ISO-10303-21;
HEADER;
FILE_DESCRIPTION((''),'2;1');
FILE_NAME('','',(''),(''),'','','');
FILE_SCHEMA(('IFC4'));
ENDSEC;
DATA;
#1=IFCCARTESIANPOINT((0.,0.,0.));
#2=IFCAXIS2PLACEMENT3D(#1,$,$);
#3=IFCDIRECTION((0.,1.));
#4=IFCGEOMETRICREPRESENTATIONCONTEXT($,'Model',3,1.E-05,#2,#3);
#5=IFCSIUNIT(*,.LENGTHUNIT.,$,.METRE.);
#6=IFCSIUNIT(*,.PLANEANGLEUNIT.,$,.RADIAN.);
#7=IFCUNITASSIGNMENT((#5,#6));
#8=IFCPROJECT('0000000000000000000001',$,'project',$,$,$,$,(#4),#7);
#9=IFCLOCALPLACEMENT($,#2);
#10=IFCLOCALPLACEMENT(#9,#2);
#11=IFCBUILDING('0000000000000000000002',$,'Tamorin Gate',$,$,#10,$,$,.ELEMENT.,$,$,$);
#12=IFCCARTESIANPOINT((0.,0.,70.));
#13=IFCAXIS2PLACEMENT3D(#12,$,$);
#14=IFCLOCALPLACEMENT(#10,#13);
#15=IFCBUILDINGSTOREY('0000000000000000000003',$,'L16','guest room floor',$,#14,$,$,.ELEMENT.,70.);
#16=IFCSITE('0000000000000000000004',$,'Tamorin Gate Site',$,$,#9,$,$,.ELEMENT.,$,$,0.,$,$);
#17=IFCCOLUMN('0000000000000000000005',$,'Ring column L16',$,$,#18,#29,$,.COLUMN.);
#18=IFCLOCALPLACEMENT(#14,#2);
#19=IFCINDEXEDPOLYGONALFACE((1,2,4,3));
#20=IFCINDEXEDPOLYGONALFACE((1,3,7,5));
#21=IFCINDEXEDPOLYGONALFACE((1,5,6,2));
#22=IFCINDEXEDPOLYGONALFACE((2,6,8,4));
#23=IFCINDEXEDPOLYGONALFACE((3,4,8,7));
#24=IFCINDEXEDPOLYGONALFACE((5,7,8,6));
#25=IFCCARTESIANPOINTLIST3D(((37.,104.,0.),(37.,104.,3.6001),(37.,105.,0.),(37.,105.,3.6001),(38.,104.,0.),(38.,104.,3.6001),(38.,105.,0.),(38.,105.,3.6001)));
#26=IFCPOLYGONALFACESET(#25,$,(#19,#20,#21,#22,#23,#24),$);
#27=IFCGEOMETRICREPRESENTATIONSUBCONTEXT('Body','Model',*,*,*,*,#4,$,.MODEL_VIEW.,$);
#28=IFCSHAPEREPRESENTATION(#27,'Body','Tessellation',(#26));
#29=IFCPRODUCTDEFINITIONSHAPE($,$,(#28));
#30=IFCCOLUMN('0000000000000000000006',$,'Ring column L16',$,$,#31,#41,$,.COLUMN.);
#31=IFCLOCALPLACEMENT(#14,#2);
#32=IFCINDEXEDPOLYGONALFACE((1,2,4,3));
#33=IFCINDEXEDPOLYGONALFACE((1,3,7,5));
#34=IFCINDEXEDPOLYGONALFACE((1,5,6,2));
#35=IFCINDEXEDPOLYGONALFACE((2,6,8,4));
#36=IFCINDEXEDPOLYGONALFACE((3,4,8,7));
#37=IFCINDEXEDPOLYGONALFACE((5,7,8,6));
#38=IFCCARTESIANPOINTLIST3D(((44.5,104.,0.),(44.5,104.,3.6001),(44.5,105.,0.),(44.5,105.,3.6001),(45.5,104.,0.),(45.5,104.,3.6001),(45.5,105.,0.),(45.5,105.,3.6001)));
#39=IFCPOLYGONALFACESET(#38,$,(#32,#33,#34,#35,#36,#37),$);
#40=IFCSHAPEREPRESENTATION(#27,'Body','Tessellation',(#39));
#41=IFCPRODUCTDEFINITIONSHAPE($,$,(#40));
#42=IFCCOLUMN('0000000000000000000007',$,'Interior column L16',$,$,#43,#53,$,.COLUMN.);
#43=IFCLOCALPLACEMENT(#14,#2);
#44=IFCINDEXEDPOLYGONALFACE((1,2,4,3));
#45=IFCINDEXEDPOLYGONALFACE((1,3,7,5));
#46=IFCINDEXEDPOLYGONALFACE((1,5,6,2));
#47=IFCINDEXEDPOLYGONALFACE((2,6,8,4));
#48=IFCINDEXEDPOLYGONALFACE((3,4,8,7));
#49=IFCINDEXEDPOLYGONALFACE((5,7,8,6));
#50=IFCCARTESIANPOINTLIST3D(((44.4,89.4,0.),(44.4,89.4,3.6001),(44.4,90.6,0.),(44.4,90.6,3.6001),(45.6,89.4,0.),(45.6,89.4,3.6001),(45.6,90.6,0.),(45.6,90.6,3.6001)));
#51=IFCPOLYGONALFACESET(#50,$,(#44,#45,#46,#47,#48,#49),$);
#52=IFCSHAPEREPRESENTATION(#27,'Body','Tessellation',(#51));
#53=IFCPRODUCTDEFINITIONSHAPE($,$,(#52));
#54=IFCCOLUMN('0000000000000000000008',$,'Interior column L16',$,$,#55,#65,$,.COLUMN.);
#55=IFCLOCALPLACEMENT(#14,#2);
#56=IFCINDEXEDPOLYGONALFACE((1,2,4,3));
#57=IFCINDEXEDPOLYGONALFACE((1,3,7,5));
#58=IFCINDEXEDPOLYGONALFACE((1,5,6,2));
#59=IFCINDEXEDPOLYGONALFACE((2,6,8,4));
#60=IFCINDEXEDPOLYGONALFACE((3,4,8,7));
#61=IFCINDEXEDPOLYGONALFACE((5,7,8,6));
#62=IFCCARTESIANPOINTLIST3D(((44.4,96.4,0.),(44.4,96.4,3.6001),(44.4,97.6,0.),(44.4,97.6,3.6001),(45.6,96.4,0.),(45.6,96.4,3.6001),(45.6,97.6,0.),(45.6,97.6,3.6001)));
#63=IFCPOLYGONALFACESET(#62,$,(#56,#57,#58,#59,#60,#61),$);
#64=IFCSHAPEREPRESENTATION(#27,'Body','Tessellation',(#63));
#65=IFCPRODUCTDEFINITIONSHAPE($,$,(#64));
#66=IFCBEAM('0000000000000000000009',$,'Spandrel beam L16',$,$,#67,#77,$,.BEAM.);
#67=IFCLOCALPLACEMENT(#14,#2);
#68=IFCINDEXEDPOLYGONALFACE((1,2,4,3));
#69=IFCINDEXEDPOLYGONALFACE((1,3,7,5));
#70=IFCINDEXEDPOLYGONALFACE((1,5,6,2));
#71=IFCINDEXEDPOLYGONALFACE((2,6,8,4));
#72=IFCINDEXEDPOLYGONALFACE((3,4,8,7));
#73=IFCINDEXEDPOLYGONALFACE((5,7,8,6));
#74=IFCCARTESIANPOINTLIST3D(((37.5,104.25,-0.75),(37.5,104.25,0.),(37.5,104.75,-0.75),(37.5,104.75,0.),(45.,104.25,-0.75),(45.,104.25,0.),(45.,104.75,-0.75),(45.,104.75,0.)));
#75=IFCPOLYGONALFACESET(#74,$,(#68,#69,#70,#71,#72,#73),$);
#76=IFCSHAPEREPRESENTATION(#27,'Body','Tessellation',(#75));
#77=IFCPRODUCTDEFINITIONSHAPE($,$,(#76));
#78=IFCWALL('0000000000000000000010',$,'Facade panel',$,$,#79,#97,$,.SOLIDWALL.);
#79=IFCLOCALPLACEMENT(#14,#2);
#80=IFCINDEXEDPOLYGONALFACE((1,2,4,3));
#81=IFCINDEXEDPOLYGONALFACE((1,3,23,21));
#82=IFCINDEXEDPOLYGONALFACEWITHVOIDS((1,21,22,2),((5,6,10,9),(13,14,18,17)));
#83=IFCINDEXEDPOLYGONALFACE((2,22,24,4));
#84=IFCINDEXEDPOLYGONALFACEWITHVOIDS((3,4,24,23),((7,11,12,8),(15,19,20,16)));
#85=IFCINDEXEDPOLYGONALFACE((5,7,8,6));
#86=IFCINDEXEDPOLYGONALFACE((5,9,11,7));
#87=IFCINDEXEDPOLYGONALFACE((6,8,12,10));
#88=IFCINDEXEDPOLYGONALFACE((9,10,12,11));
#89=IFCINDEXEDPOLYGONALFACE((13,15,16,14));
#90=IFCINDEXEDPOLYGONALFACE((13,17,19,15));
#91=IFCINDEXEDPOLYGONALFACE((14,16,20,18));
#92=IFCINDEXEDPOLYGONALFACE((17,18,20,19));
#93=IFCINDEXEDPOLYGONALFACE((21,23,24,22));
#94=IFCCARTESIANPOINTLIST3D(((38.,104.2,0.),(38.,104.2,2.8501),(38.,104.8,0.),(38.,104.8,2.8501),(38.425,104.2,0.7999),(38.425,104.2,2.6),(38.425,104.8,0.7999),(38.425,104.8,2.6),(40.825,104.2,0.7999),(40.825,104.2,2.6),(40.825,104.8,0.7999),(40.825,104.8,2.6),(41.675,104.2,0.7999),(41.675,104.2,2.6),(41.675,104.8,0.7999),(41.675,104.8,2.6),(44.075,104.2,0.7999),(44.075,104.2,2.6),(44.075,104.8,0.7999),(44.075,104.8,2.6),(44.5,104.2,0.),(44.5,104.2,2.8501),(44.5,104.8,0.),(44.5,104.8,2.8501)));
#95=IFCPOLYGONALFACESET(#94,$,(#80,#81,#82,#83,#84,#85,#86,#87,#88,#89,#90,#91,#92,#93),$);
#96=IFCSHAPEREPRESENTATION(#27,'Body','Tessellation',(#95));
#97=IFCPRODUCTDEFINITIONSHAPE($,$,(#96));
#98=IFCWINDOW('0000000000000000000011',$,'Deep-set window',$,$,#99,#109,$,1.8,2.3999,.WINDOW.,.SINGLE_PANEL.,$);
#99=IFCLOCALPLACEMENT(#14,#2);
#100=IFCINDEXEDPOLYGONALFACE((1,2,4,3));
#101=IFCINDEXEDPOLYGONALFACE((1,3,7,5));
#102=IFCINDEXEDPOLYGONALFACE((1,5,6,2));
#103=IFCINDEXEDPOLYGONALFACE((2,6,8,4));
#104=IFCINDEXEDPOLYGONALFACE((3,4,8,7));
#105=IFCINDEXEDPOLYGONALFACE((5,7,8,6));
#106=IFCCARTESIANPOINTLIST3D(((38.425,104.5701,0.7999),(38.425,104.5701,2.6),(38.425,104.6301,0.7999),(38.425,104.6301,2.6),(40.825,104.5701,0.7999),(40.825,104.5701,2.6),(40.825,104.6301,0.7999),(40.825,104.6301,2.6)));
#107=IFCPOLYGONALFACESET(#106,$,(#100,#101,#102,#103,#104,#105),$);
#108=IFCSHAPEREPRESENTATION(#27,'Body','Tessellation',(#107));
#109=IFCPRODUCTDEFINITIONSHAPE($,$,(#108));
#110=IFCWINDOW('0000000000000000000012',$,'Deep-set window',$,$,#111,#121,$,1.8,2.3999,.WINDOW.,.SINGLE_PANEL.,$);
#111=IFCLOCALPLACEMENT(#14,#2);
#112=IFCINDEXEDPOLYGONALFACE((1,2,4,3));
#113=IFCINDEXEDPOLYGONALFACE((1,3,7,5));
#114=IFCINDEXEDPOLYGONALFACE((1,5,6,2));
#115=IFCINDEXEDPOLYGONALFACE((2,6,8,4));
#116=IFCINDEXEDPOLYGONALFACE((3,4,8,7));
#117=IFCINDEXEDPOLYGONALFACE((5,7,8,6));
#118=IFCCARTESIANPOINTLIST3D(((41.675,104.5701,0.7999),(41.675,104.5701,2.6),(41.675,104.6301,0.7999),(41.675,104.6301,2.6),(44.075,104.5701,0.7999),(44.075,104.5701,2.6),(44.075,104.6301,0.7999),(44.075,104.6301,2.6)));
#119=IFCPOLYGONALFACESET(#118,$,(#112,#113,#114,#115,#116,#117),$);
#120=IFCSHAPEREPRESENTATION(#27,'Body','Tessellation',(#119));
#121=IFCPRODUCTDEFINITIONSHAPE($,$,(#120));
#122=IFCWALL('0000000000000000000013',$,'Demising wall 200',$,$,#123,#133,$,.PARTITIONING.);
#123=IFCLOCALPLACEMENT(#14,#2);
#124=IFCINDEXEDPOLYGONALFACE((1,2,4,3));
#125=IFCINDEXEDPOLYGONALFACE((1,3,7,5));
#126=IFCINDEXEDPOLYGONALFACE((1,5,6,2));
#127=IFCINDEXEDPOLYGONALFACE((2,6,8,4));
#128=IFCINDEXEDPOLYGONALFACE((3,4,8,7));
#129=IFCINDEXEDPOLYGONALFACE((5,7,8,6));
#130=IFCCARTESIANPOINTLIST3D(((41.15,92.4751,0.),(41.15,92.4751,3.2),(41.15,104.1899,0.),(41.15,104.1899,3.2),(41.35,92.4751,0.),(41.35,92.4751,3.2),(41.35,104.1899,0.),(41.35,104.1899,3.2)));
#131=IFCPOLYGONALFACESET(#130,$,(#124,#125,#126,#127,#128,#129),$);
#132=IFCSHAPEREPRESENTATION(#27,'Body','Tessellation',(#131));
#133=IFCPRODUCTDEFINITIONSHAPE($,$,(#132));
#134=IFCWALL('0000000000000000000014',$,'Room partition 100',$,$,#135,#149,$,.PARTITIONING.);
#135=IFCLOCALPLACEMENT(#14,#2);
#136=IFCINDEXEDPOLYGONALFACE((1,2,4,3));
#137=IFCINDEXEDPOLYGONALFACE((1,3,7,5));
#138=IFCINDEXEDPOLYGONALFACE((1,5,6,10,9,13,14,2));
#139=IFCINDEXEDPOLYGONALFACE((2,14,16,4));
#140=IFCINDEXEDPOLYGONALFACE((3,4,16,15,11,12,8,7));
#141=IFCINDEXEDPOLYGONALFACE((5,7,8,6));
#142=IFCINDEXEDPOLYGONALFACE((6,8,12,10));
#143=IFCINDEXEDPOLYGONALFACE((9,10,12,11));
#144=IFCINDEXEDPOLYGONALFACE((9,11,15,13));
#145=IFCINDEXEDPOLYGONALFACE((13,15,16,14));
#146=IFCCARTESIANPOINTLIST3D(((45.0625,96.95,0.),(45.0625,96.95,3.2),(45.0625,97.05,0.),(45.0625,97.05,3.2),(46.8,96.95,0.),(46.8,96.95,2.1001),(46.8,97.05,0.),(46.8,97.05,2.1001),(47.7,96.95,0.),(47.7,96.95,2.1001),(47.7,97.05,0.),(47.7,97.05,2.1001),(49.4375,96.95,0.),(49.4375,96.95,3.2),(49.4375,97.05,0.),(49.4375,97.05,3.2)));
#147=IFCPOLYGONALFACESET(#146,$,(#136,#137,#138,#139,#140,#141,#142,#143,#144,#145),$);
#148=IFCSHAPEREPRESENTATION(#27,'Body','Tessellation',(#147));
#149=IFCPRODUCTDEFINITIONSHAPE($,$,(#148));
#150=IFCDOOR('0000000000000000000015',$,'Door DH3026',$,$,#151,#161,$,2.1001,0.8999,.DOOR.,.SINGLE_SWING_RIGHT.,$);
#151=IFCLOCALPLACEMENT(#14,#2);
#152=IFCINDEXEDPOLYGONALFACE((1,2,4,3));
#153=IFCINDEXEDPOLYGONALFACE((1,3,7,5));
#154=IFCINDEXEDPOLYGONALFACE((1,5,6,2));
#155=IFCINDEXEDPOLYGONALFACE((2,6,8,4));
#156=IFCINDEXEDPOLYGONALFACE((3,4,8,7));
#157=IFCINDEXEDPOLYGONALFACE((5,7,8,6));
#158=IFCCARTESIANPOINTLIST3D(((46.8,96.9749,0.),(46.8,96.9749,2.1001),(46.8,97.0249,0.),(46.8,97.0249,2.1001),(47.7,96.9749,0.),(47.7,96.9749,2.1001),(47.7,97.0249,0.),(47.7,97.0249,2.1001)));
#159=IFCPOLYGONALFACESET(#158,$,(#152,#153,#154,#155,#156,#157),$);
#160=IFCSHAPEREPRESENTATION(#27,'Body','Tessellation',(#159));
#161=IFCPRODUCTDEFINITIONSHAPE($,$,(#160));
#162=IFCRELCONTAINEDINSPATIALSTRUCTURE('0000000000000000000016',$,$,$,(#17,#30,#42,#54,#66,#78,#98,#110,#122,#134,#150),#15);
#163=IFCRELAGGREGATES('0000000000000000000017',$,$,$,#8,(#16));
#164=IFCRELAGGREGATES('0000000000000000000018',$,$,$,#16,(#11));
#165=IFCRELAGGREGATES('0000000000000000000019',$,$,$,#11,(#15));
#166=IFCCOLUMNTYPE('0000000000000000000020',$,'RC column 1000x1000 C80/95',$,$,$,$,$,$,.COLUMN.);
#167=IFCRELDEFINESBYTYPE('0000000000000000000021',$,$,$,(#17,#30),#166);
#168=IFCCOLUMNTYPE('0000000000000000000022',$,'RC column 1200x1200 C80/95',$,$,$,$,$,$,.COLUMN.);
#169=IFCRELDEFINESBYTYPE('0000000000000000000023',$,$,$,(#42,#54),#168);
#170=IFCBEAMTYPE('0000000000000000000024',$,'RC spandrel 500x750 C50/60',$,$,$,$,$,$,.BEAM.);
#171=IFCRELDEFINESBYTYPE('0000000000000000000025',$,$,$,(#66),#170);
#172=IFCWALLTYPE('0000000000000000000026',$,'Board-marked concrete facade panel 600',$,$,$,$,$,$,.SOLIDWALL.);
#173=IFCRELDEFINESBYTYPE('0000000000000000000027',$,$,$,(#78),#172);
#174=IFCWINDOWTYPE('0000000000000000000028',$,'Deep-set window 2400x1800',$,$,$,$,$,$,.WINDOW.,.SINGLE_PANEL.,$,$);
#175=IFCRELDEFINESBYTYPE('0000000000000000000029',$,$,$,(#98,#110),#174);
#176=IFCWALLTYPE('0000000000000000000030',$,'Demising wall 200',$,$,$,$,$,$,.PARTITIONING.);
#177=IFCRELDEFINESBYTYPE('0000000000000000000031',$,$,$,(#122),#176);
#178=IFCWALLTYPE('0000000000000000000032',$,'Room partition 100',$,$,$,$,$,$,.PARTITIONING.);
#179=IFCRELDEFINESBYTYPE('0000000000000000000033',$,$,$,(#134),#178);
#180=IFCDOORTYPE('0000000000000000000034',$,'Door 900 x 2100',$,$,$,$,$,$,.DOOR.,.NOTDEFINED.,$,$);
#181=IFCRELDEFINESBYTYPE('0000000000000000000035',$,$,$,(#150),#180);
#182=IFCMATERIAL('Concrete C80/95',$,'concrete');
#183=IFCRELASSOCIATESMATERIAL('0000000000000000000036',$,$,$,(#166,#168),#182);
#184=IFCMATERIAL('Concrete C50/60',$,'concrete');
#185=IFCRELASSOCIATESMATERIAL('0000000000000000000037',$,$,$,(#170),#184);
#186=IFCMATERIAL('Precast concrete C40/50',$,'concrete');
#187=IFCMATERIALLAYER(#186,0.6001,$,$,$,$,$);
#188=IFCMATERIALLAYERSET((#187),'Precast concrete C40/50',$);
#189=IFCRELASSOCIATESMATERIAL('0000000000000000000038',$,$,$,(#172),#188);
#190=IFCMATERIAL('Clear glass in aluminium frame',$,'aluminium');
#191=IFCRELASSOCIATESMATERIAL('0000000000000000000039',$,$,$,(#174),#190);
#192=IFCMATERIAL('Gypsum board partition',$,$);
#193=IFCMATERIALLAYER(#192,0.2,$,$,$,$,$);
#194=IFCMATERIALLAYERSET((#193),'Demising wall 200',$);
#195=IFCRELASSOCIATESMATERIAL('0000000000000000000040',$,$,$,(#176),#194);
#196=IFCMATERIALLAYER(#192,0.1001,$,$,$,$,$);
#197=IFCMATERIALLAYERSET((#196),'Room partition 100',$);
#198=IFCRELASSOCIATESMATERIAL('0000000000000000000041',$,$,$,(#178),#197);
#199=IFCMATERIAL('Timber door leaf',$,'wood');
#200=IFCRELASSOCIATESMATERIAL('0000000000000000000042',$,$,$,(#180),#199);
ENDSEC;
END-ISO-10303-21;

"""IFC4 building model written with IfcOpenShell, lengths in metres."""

from ifc_helpers import new_model, si_unit, direction, frame, frame_2d, origin, origin_2d, place, context, subcontext, project, spatial, rectangle, extrude, material, layer, layer_set, material_profile, profile_set, type_object, element, fill, save


model = new_model("IFC4")

# Units and contexts
model_context = context("Model", 3, precision=1e-05, world=origin(), true_north=direction((0.0, 1.0)))
body_context = subcontext(model_context, "Body", "Model", "MODEL_VIEW")
ifc_project = project(units=[si_unit("LENGTHUNIT", "METRE"), si_unit("PLANEANGLEUNIT", "RADIAN")], contexts=[model_context])

# Site, building, storey
site_placement = place(None, origin())
site = spatial("IfcSite", under=ifc_project, at=site_placement, Name="Tamorin Gate Site", CompositionType="ELEMENT", RefElevation=0.0)
building_placement = place(site_placement, origin())
building = spatial("IfcBuilding", under=site, at=building_placement, Name="Tamorin Gate", CompositionType="ELEMENT")
storey_placement = place(building_placement, frame((0.0, 0.0, 70.0)))
storey = spatial("IfcBuildingStorey", under=building, at=storey_placement, Name="L16", Description="guest room floor", CompositionType="ELEMENT", Elevation=70.0)

# Columns
ifc_material_1 = material(Name="Concrete C80/95", Category="concrete")
ifc_material_profile_1 = material_profile(ifc_material_1, rectangle(XDim=1.0, YDim=1.0, at=origin_2d()), Name="RC 1000x1000")
ifc_profile_set_1 = profile_set([ifc_material_profile_1], Name="Concrete C80/95")
column_type_1 = type_object("IfcColumnType", Name="RC column 1000x1000 C80/95", PredefinedType="COLUMN", material=ifc_profile_set_1)
for number, where, z_axis, x_axis, name in (
    (1, (37.5, 104.5, 0.0), (0.0, 0.0, 1.0), (1.0, 0.0, 0.0), "Ring column L16"),
    (2, (45.0, 104.5, 0.0), (0.0, 0.0, 1.0), (1.0, 0.0, 0.0), "Ring column L16"),
):
    element("IfcColumn", number, at=place(storey_placement, frame(where, z_axis=z_axis, x_axis=x_axis)), inside=storey, type_object=column_type_1, Name=name, PredefinedType="COLUMN", context=body_context, shape_type="SweptSolid", body=[
        extrude(rectangle(XDim=1.0, YDim=1.0, at=origin_2d()), origin(), (0.0, 0.0, 1.0), 3.6001),
    ])
ifc_material_profile_2 = material_profile(ifc_material_1, rectangle(XDim=1.2, YDim=1.2, at=origin_2d()), Name="RC 1200x1200")
ifc_profile_set_2 = profile_set([ifc_material_profile_2], Name="Concrete C80/95")
column_type_2 = type_object("IfcColumnType", Name="RC column 1200x1200 C80/95", PredefinedType="COLUMN", material=ifc_profile_set_2)
for number, where, z_axis, x_axis, name in (
    (3, (45.0, 90.0, 0.0), (0.0, 0.0, 1.0), (1.0, 0.0, 0.0), "Interior column L16"),
    (4, (45.0, 97.0, 0.0), (0.0, 0.0, 1.0), (1.0, 0.0, 0.0), "Interior column L16"),
):
    element("IfcColumn", number, at=place(storey_placement, frame(where, z_axis=z_axis, x_axis=x_axis)), inside=storey, type_object=column_type_2, Name=name, PredefinedType="COLUMN", context=body_context, shape_type="SweptSolid", body=[
        extrude(rectangle(XDim=1.2, YDim=1.2, at=origin_2d()), origin(), (0.0, 0.0, 1.0), 3.6001),
    ])

# Beam
ifc_material_2 = material(Name="Concrete C50/60", Category="concrete")
ifc_material_profile_3 = material_profile(ifc_material_2, rectangle(XDim=0.5, YDim=0.75, at=origin_2d()), Name="RC 500x750")
ifc_profile_set_3 = profile_set([ifc_material_profile_3], Name="Concrete C50/60")
beam_type = type_object("IfcBeamType", Name="RC spandrel 500x750 C50/60", PredefinedType="BEAM", material=ifc_profile_set_3)
beam_placement = place(storey_placement, frame((45.0, 104.5, -0.375), z_axis=(-1.0, 0.0, 0.0), x_axis=(0.0, -1.0, 0.0)))
element("IfcBeam", 5, at=beam_placement, inside=storey, type_object=beam_type, Name="Spandrel beam L16", PredefinedType="BEAM", context=body_context, shape_type="SweptSolid", body=[
    extrude(rectangle(XDim=0.5, YDim=0.75, at=origin_2d()), origin(), (0.0, 0.0, 1.0), 7.5),
])

# Wall, openings, windows
ifc_material_3 = material(Name="Precast concrete C40/50", Category="concrete")
ifc_layer_1 = layer(ifc_material_3, 0.6001)
ifc_layer_set_1 = layer_set([ifc_layer_1], Name="Precast concrete C40/50")
wall_type_1 = type_object("IfcWallType", Name="Board-marked concrete facade panel 600", PredefinedType="SOLIDWALL", material=ifc_layer_set_1)
wall_1_placement = place(storey_placement, frame((44.5, 104.5, 0.0), z_axis=(0.0, 0.0, 1.0), x_axis=(-1.0, 0.0, 0.0)))
wall_1 = element("IfcWall", 6, at=wall_1_placement, inside=storey, type_object=wall_type_1, Name="Facade panel", PredefinedType="SOLIDWALL", context=body_context, shape_type="SweptSolid", body=[
    extrude(rectangle(XDim=6.5, YDim=0.6001, at=frame_2d((3.25, 0.0))), origin(), (0.0, 0.0, 1.0), 2.8501),
])
opening_1_placement = place(wall_1_placement, frame((3.675, 0.0, 0.8)))
opening_1 = element("IfcOpeningElement", 7, at=opening_1_placement, cuts=wall_1, PredefinedType="OPENING", context=body_context, shape_type="SweptSolid", body=[
    extrude(rectangle(XDim=2.3999, YDim=1.8, at=frame_2d((1.2, 0.8999))), frame((0.0, 0.3101, 0.0), z_axis=(0.0, -1.0, 0.0), x_axis=(1.0, 0.0, 0.0)), (0.0, 0.0, 1.0), 0.6201),
])
opening_2_placement = place(wall_1_placement, frame((0.425, 0.0, 0.8)))
opening_2 = element("IfcOpeningElement", 8, at=opening_2_placement, cuts=wall_1, PredefinedType="OPENING", context=body_context, shape_type="SweptSolid", body=[
    extrude(rectangle(XDim=2.3999, YDim=1.8, at=frame_2d((1.2, 0.8999))), frame((0.0, 0.3101, 0.0), z_axis=(0.0, -1.0, 0.0), x_axis=(1.0, 0.0, 0.0)), (0.0, 0.0, 1.0), 0.6201),
])
ifc_material_4 = material(Name="Clear glass in aluminium frame", Category="aluminium")
window_type = type_object("IfcWindowType", Name="Deep-set window 2400x1800", PartitioningType="SINGLE_PANEL", PredefinedType="WINDOW", material=ifc_material_4)
window_1_placement = place(opening_1_placement, origin())
window_1 = element("IfcWindow", 9, at=window_1_placement, inside=storey, type_object=window_type, Name="Deep-set window", OverallHeight=1.8, OverallWidth=2.3999, PartitioningType="SINGLE_PANEL", PredefinedType="WINDOW", context=body_context, shape_type="SweptSolid", body=[
    extrude(rectangle(XDim=2.3999, YDim=1.8, at=frame_2d((1.2, 0.8999))), frame((0.0, -0.0701, 0.0), z_axis=(0.0, -1.0, 0.0), x_axis=(1.0, 0.0, 0.0)), (0.0, 0.0, 1.0), 0.0601),
])
fill(opening_1, window_1)
window_2_placement = place(opening_2_placement, origin())
window_2 = element("IfcWindow", 10, at=window_2_placement, inside=storey, type_object=window_type, Name="Deep-set window", OverallHeight=1.8, OverallWidth=2.3999, PartitioningType="SINGLE_PANEL", PredefinedType="WINDOW", context=body_context, shape_type="SweptSolid", body=[
    extrude(rectangle(XDim=2.3999, YDim=1.8, at=frame_2d((1.2, 0.8999))), frame((0.0, -0.0701, 0.0), z_axis=(0.0, -1.0, 0.0), x_axis=(1.0, 0.0, 0.0)), (0.0, 0.0, 1.0), 0.0601),
])
fill(opening_2, window_2)

# Wall
ifc_material_5 = material(Name="Gypsum board partition")
ifc_layer_2 = layer(ifc_material_5, 0.2)
ifc_layer_set_2 = layer_set([ifc_layer_2], Name="Demising wall 200")
wall_type_2 = type_object("IfcWallType", Name="Demising wall 200", PredefinedType="PARTITIONING", material=ifc_layer_set_2)
wall_2_placement = place(storey_placement, frame((41.25, 92.4751, 0.0), z_axis=(0.0, 0.0, 1.0), x_axis=(0.0, 1.0, 0.0)))
element("IfcWall", 11, at=wall_2_placement, inside=storey, type_object=wall_type_2, Name="Demising wall 200", PredefinedType="PARTITIONING", context=body_context, shape_type="SweptSolid", body=[
    extrude(rectangle(XDim=11.7148, YDim=0.2, at=frame_2d((5.8574, 0.0))), origin(), (0.0, 0.0, 1.0), 3.2),
])

# Wall, opening, door
ifc_layer_3 = layer(ifc_material_5, 0.1001)
ifc_layer_set_3 = layer_set([ifc_layer_3], Name="Room partition 100")
wall_type_3 = type_object("IfcWallType", Name="Room partition 100", PredefinedType="PARTITIONING", material=ifc_layer_set_3)
wall_3_placement = place(storey_placement, frame((45.0625, 97.0, 0.0), z_axis=(0.0, 0.0, 1.0), x_axis=(1.0, 0.0, 0.0)))
wall_3 = element("IfcWall", 12, at=wall_3_placement, inside=storey, type_object=wall_type_3, Name="Room partition 100", PredefinedType="PARTITIONING", context=body_context, shape_type="SweptSolid", body=[
    extrude(rectangle(XDim=4.375, YDim=0.1001, at=frame_2d((2.1875, 0.0))), origin(), (0.0, 0.0, 1.0), 3.2),
])
opening_3_placement = place(wall_3_placement, frame((1.7375, 0.0, 0.0)))
opening_3 = element("IfcOpeningElement", 13, at=opening_3_placement, cuts=wall_3, PredefinedType="OPENING", context=body_context, shape_type="SweptSolid", body=[
    extrude(rectangle(XDim=0.8999, YDim=2.1001, at=frame_2d((0.45, 1.05))), frame((0.0, 0.0601, 0.0), z_axis=(0.0, -1.0, 0.0), x_axis=(1.0, 0.0, 0.0)), (0.0, 0.0, 1.0), 0.1201),
])
ifc_material_6 = material(Name="Timber door leaf", Category="wood")
door_type = type_object("IfcDoorType", Name="Door 900 x 2100", OperationType="NOTDEFINED", PredefinedType="DOOR", material=ifc_material_6)
door_1_placement = place(opening_3_placement, origin())
door_1 = element("IfcDoor", 14, at=door_1_placement, inside=storey, type_object=door_type, Name="Door DH3026", OperationType="SINGLE_SWING_RIGHT", OverallHeight=2.1001, OverallWidth=0.8999, PredefinedType="DOOR", context=body_context, shape_type="SweptSolid", body=[
    extrude(rectangle(XDim=0.8999, YDim=2.1001, at=frame_2d((0.45, 1.05))), frame((0.0, 0.0249, 0.0), z_axis=(0.0, -1.0, 0.0), x_axis=(1.0, 0.0, 0.0)), (0.0, 0.0, 1.0), 0.05),
])
fill(opening_3, door_1)

save(model, "model.ifc")
